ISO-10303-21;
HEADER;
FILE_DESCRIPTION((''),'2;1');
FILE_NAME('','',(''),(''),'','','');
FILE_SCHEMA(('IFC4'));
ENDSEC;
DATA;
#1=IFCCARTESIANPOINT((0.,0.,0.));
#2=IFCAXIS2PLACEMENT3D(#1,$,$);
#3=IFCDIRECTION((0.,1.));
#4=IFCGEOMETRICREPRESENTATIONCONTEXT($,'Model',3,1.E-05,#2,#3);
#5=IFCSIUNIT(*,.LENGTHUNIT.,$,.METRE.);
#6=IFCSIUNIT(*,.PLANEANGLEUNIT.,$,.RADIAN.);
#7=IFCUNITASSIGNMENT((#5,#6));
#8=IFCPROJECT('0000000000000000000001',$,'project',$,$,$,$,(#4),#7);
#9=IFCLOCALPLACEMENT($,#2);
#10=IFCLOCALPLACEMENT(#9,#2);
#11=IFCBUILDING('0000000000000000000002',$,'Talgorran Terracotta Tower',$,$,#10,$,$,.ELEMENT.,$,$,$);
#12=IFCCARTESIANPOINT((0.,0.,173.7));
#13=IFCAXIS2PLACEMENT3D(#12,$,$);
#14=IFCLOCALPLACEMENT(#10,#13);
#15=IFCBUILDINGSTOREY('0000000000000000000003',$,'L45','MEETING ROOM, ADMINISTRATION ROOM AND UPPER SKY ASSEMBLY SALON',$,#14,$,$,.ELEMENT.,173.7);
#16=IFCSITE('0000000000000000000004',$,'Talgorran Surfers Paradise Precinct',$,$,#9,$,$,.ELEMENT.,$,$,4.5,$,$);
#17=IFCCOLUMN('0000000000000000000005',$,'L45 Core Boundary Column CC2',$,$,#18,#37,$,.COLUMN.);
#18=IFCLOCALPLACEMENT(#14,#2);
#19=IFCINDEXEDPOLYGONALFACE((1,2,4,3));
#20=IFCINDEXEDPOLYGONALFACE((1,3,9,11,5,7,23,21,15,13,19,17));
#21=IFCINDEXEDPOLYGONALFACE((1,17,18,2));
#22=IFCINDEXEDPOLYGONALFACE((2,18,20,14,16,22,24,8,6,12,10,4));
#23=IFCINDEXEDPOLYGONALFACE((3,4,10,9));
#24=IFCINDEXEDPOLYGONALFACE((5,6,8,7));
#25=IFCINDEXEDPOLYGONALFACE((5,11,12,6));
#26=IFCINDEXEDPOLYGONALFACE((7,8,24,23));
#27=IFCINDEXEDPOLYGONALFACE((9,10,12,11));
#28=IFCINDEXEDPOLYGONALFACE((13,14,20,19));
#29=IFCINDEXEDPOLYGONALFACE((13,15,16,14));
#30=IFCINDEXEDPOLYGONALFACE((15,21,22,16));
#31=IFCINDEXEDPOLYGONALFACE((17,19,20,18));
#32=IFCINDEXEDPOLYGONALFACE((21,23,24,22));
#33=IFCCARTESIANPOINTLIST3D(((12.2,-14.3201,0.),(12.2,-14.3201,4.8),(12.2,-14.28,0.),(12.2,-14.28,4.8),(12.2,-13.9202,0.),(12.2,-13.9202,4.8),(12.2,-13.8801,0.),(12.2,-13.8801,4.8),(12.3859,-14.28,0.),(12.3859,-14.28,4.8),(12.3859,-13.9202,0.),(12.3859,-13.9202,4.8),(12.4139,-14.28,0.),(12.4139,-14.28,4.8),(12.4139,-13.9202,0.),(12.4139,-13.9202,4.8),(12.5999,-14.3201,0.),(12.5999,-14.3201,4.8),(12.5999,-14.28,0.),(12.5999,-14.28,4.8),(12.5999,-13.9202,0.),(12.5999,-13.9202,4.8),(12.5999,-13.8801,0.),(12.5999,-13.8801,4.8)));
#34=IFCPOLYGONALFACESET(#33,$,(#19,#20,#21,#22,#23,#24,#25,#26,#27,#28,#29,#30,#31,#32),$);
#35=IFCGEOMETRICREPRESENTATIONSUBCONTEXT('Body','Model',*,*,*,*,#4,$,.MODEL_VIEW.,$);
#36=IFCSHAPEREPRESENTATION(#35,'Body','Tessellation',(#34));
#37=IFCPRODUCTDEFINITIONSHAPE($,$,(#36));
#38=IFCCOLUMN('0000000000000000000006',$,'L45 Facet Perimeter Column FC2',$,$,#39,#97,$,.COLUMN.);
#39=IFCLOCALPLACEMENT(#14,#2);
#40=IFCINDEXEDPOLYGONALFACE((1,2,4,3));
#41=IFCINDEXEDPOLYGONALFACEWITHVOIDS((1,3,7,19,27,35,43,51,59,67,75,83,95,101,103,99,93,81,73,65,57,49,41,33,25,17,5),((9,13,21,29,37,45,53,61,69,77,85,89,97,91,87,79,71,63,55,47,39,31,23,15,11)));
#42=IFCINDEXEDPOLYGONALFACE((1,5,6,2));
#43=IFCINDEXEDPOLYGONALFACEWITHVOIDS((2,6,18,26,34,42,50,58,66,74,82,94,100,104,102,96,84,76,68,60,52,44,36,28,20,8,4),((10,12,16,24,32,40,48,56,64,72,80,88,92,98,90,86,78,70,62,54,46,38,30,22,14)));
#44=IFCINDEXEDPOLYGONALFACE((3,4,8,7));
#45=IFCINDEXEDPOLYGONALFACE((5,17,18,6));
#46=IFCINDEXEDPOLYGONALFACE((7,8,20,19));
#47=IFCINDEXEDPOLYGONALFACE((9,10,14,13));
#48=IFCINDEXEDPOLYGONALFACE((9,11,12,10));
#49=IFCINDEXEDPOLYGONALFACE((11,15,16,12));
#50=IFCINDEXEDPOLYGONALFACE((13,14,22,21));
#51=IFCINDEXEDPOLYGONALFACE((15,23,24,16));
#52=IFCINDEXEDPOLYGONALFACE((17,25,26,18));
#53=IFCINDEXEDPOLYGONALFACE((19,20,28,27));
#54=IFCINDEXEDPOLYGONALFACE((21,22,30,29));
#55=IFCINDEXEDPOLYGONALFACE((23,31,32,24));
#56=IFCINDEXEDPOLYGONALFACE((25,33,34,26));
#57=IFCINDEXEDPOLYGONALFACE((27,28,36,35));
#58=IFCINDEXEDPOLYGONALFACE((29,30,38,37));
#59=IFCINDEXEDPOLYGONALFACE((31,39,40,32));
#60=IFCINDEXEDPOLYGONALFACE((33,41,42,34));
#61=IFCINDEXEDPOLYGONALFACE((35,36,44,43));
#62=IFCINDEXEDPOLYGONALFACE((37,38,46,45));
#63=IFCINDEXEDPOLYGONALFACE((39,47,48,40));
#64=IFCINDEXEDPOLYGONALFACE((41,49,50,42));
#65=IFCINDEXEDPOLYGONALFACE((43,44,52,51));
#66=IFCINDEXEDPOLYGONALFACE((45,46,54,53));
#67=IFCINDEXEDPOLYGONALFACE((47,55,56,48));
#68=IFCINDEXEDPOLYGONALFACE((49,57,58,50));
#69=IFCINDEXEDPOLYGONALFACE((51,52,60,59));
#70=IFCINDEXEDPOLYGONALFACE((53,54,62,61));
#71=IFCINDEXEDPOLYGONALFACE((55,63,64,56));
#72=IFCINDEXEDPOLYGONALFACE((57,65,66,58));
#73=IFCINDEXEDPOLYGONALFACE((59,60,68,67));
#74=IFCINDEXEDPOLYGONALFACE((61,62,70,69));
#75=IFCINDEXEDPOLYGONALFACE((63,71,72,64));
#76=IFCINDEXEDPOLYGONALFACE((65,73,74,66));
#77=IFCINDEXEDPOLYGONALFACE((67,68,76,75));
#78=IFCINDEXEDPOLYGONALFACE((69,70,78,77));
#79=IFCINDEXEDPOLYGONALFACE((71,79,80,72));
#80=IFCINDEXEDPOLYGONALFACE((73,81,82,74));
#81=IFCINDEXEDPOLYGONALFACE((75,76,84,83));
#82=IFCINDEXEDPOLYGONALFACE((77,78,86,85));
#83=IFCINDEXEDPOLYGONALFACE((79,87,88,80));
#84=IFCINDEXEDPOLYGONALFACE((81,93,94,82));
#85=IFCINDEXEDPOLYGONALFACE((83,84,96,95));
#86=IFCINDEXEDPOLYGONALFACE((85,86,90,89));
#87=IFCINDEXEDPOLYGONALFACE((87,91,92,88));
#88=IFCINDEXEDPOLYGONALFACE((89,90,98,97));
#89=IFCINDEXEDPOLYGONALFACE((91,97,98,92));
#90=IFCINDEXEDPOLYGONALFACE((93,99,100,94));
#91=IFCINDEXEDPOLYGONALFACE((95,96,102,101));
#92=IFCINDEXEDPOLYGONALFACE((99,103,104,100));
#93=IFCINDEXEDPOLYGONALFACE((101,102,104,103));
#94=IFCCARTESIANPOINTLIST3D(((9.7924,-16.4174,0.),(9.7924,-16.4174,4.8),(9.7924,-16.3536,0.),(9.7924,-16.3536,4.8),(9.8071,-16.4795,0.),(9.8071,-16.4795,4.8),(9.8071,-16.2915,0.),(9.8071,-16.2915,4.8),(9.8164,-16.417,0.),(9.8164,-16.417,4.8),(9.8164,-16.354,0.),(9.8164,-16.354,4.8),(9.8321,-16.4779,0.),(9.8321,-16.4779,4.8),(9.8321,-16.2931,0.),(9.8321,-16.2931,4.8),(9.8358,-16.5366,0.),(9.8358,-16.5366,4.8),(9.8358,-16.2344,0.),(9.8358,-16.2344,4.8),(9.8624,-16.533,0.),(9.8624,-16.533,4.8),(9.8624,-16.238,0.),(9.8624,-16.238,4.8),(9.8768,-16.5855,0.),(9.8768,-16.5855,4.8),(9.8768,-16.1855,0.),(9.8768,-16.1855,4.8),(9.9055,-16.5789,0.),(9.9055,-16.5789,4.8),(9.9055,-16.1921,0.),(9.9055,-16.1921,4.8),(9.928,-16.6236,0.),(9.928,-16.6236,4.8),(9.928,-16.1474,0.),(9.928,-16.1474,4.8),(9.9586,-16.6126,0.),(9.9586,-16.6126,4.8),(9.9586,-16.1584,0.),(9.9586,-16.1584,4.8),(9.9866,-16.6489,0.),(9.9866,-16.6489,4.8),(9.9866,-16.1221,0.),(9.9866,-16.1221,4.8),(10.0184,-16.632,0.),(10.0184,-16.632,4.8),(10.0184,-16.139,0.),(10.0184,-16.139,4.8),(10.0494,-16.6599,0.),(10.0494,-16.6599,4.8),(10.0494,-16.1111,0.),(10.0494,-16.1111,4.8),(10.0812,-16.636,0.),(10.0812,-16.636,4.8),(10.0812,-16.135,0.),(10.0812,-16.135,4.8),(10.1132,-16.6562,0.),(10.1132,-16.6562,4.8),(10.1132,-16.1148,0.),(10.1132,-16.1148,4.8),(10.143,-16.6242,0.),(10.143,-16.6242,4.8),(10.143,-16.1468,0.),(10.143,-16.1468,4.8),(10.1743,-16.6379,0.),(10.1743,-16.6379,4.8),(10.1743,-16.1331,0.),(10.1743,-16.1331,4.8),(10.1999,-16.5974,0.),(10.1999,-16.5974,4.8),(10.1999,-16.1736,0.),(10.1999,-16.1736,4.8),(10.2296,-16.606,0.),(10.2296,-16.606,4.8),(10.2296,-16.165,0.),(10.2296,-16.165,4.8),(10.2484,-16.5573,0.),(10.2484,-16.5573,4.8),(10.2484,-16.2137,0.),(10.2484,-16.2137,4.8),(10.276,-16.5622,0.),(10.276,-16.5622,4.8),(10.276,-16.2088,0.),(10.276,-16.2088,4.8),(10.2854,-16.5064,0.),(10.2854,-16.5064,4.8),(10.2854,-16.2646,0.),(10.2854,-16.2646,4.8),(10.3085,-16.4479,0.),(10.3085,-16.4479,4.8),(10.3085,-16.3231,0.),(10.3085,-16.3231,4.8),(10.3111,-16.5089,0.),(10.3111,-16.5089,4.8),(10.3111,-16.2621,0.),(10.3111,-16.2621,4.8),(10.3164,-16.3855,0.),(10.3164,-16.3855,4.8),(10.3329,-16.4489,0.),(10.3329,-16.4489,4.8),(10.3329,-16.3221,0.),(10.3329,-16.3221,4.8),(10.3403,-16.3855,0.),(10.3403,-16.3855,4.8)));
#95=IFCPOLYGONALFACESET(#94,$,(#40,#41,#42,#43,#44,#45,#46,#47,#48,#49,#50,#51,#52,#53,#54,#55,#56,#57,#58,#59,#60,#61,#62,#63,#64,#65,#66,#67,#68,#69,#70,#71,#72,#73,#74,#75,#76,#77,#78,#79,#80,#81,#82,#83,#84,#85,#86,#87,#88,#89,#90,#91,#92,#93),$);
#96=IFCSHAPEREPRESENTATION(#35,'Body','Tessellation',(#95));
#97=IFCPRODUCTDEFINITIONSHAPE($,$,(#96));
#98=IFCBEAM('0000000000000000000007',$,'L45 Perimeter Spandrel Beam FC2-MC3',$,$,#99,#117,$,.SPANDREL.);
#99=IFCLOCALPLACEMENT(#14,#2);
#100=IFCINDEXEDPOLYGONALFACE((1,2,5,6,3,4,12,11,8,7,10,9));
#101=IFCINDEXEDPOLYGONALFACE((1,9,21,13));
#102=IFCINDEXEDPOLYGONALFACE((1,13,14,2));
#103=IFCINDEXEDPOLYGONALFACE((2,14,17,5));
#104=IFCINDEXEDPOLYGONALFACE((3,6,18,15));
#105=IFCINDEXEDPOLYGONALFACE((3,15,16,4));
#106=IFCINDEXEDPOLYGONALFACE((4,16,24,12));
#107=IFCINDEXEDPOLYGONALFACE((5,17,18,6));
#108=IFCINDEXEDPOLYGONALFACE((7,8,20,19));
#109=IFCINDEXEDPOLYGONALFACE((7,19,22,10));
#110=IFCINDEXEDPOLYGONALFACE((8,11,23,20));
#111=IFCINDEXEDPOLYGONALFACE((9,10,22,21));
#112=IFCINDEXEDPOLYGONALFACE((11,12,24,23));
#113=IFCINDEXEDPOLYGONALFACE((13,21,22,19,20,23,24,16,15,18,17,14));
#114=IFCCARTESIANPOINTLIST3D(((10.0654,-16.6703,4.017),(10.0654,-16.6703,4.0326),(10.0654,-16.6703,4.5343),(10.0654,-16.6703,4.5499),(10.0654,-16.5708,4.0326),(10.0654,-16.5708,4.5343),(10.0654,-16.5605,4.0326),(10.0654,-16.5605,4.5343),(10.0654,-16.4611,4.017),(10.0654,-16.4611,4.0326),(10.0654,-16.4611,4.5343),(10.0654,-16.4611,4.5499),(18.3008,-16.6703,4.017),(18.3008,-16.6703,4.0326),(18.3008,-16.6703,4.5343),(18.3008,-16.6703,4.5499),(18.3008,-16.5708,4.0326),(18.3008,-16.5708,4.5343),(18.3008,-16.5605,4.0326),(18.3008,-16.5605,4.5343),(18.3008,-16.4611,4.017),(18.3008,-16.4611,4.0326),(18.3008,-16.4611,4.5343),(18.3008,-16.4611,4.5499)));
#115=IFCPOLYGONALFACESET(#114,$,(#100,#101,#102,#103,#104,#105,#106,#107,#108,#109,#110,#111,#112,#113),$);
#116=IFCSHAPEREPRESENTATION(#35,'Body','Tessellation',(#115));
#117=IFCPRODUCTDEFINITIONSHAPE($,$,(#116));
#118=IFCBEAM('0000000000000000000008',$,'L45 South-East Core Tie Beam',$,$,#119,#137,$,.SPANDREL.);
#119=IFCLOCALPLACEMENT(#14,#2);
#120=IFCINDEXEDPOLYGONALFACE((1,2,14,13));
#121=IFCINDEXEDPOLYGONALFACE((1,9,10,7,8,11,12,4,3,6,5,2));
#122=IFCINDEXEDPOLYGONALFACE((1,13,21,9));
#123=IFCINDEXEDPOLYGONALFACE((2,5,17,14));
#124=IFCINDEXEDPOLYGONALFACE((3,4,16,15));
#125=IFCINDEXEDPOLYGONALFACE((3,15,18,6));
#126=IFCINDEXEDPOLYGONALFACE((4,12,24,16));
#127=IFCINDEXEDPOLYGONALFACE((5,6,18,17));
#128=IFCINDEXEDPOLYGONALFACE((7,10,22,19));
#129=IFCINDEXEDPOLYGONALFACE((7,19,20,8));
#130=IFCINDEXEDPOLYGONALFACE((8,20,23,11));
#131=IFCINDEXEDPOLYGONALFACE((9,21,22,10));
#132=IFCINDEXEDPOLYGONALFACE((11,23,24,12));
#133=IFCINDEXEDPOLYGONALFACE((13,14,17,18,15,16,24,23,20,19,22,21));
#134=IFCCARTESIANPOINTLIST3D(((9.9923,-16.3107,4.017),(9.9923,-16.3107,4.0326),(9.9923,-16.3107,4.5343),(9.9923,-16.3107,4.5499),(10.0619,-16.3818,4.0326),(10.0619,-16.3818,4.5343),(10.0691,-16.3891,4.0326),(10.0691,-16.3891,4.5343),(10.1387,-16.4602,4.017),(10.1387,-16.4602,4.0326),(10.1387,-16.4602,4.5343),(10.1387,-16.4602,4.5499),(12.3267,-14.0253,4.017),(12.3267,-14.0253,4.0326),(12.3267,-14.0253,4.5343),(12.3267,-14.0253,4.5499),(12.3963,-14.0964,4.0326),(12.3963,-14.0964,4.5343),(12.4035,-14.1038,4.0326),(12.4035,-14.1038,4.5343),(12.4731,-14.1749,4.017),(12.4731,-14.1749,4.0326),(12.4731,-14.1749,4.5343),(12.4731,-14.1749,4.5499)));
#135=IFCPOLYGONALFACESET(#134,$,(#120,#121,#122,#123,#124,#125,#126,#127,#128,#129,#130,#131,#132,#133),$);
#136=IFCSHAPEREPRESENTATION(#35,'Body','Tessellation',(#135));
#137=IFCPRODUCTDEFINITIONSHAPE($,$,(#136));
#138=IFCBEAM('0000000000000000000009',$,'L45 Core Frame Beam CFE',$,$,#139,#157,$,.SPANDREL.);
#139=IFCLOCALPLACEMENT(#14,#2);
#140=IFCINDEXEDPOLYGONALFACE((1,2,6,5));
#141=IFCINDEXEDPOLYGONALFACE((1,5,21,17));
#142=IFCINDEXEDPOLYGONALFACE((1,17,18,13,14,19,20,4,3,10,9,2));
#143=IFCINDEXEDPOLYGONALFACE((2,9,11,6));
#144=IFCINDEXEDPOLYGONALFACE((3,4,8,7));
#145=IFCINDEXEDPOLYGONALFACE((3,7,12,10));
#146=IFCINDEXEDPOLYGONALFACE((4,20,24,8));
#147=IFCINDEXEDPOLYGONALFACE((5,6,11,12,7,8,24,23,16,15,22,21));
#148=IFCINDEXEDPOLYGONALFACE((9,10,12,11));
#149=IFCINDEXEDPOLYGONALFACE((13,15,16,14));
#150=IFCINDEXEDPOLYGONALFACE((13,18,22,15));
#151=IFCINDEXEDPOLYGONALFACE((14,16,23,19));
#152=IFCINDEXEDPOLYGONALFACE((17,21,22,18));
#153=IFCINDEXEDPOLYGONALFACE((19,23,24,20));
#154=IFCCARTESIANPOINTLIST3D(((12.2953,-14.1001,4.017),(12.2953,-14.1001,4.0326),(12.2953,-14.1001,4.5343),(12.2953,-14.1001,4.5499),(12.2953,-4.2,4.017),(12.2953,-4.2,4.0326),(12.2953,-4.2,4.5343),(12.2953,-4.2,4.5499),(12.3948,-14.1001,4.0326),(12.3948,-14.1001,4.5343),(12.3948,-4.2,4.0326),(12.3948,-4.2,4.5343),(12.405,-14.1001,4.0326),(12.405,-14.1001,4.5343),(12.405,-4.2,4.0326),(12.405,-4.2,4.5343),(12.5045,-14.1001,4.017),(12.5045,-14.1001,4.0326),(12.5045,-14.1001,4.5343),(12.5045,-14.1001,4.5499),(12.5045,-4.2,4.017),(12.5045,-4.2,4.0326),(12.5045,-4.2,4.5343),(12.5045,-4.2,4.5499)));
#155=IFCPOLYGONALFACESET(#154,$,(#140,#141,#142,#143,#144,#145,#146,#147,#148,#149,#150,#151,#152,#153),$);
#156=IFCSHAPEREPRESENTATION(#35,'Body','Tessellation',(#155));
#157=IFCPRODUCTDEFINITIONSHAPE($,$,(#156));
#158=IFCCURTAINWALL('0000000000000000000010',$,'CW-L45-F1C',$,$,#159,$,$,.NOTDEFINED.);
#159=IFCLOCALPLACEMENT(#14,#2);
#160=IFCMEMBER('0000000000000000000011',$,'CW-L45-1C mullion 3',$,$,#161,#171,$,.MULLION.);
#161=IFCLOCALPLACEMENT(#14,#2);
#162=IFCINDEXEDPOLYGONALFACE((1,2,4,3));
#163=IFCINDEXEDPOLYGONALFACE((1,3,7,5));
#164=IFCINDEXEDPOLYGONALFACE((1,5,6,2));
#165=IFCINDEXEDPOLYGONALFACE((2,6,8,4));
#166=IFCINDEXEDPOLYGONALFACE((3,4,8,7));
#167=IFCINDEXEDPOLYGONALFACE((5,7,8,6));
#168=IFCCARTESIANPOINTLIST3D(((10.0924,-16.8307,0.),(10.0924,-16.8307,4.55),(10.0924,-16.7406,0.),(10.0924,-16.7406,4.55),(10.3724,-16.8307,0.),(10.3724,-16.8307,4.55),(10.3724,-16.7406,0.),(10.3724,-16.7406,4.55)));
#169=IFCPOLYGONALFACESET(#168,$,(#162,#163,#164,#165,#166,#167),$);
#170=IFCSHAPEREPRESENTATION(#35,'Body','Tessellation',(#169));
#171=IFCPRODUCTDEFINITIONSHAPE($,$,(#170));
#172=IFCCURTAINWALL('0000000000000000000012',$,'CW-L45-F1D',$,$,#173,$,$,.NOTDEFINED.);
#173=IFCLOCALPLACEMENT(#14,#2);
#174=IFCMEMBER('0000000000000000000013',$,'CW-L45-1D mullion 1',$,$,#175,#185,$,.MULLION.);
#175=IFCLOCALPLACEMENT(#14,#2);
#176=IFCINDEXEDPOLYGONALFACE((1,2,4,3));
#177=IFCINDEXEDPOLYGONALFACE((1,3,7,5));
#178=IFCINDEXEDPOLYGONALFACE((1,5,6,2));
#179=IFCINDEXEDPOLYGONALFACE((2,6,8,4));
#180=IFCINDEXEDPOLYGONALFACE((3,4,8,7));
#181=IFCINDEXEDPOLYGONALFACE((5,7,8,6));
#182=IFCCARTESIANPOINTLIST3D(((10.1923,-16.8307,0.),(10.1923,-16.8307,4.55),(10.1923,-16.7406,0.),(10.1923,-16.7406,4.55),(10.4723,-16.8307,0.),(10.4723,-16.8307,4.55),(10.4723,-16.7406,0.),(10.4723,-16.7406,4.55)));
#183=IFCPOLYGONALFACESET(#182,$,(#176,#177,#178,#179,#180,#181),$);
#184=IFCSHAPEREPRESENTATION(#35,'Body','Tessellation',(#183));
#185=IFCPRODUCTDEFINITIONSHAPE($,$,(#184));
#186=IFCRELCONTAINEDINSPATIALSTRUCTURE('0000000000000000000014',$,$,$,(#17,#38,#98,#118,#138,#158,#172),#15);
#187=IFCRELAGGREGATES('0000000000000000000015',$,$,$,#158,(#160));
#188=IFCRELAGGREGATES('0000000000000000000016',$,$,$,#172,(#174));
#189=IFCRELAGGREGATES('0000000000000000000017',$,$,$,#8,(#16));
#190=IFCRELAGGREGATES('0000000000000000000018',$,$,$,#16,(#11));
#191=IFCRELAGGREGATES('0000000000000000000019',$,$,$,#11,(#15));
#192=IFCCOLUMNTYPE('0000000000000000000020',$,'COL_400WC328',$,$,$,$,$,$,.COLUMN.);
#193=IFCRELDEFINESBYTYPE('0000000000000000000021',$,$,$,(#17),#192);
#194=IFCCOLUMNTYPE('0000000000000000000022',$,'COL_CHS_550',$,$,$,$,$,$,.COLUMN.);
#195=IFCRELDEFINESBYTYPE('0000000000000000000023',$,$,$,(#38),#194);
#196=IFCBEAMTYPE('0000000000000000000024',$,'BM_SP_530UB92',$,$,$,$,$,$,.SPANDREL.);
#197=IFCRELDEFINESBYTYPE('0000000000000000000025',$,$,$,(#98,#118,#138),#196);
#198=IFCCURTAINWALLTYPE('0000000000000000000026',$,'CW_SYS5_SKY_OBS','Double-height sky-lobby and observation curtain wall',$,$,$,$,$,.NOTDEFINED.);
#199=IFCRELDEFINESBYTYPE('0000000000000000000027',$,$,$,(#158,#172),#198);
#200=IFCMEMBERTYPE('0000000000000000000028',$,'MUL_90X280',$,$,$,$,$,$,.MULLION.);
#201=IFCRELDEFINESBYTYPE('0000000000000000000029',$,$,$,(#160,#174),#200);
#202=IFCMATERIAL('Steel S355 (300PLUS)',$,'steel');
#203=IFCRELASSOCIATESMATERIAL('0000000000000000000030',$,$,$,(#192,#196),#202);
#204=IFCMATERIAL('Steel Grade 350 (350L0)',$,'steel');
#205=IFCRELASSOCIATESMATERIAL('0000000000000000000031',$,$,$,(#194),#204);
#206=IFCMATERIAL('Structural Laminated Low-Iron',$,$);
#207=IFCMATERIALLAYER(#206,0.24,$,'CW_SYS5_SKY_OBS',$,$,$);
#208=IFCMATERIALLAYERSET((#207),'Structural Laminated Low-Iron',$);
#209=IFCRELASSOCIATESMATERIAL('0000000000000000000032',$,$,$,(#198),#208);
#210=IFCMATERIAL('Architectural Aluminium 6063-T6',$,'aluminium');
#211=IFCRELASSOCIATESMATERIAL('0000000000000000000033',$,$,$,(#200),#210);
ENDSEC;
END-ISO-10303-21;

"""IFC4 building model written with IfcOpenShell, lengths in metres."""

from ifc_helpers import new_model, si_unit, direction, frame, origin, origin_2d, place, context, subcontext, project, spatial, rectangle, hollow_circle, i_section, extrude, material, layer, layer_set, material_profile, profile_set, type_object, element, aggregate, save


model = new_model("IFC4")

# Units and contexts
model_context = context("Model", 3, precision=1e-05, world=origin(), true_north=direction((0.0, 1.0)))
body_context = subcontext(model_context, "Body", "Model", "MODEL_VIEW")
ifc_project = project(units=[si_unit("LENGTHUNIT", "METRE"), si_unit("PLANEANGLEUNIT", "RADIAN")], contexts=[model_context])

# Site, building, storey
site_placement = place(None, origin())
site = spatial("IfcSite", under=ifc_project, at=site_placement, Name="Talgorran Surfers Paradise Precinct", CompositionType="ELEMENT", RefElevation=4.5)
building_placement = place(site_placement, origin())
building = spatial("IfcBuilding", under=site, at=building_placement, Name="Talgorran Terracotta Tower", CompositionType="ELEMENT")
storey_placement = place(building_placement, frame((0.0, 0.0, 173.7)))
storey = spatial("IfcBuildingStorey", under=building, at=storey_placement, Name="L45", Description="MEETING ROOM, ADMINISTRATION ROOM AND UPPER SKY ASSEMBLY SALON", CompositionType="ELEMENT", Elevation=173.7)

# Columns
ifc_material_1 = material(Name="Steel S355 (300PLUS)", Category="steel")
ifc_material_profile_1 = material_profile(ifc_material_1, i_section(OverallWidth=0.3999, OverallDepth=0.4399, WebThickness=0.0281, FlangeThickness=0.04, at=origin_2d()), Name="400WC328")
ifc_profile_set_1 = profile_set([ifc_material_profile_1], Name="Steel S355 (300PLUS)")
column_type_1 = type_object("IfcColumnType", Name="COL_400WC328", PredefinedType="COLUMN", material=ifc_profile_set_1)
column_1_placement = place(storey_placement, frame((12.3999, -14.1001, 0.0), z_axis=(0.0, 0.0, 1.0), x_axis=(1.0, 0.0, 0.0)))
element("IfcColumn", 1, at=column_1_placement, inside=storey, type_object=column_type_1, Name="L45 Core Boundary Column CC2", PredefinedType="COLUMN", context=body_context, shape_type="SweptSolid", body=[
    extrude(i_section(OverallWidth=0.3999, OverallDepth=0.4399, WebThickness=0.0281, FlangeThickness=0.04, at=origin_2d()), origin(), (0.0, 0.0, 1.0), 4.8),
])
ifc_material_2 = material(Name="Steel Grade 350 (350L0)", Category="steel")
ifc_material_profile_2 = material_profile(ifc_material_2, hollow_circle(Radius=0.2749, WallThickness=0.0239, at=origin_2d()), Name="CHS550X24")
ifc_profile_set_2 = profile_set([ifc_material_profile_2], Name="Steel Grade 350 (350L0)")
column_type_2 = type_object("IfcColumnType", Name="COL_CHS_550", PredefinedType="COLUMN", material=ifc_profile_set_2)
column_2_placement = place(storey_placement, frame((10.0654, -16.3855, 0.0), z_axis=(0.0, 0.0, 1.0), x_axis=(1.0, 0.0, 0.0)))
element("IfcColumn", 2, at=column_2_placement, inside=storey, type_object=column_type_2, Name="L45 Facet Perimeter Column FC2", PredefinedType="COLUMN", context=body_context, shape_type="SweptSolid", body=[
    extrude(hollow_circle(Radius=0.2749, WallThickness=0.0239, at=origin_2d()), origin(), (0.0, 0.0, 1.0), 4.8),
])

# Beams
ifc_material_profile_3 = material_profile(ifc_material_1, i_section(OverallWidth=0.2092, OverallDepth=0.533, WebThickness=0.0103, FlangeThickness=0.0156, at=origin_2d()), Name="530UB92.4")
ifc_profile_set_3 = profile_set([ifc_material_profile_3], Name="Steel S355 (300PLUS)")
beam_type = type_object("IfcBeamType", Name="BM_SP_530UB92", PredefinedType="SPANDREL", material=ifc_profile_set_3)
beam_1_placement = place(storey_placement, frame((10.0654, -16.5657, 4.2834), z_axis=(1.0, 0.0, 0.0), x_axis=(0.0, 1.0, 0.0)))
element("IfcBeam", 3, at=beam_1_placement, inside=storey, type_object=beam_type, Name="L45 Perimeter Spandrel Beam FC2-MC3", PredefinedType="SPANDREL", context=body_context, shape_type="SweptSolid", body=[
    extrude(i_section(OverallWidth=0.2092, OverallDepth=0.533, WebThickness=0.0103, FlangeThickness=0.0156, at=origin_2d()), origin(), (0.0, 0.0, 1.0), 8.2354),
])
beam_2_placement = place(storey_placement, frame((12.3999, -14.1001, 4.2834), z_axis=(-0.714577, -0.699556, 0.0), x_axis=(0.699556, -0.714577, 0.0)))
element("IfcBeam", 4, at=beam_2_placement, inside=storey, type_object=beam_type, Name="L45 South-East Core Tie Beam", PredefinedType="SPANDREL", context=body_context, shape_type="SweptSolid", body=[
    extrude(i_section(OverallWidth=0.2092, OverallDepth=0.533, WebThickness=0.0103, FlangeThickness=0.0156, at=origin_2d()), origin(), (0.0, 0.0, 1.0), 3.2668),
])
beam_3_placement = place(storey_placement, frame((12.3999, -14.1001, 4.2834), z_axis=(0.0, 1.0, 0.0), x_axis=(-1.0, 0.0, 0.0)))
element("IfcBeam", 5, at=beam_3_placement, inside=storey, type_object=beam_type, Name="L45 Core Frame Beam CFE", PredefinedType="SPANDREL", context=body_context, shape_type="SweptSolid", body=[
    extrude(i_section(OverallWidth=0.2092, OverallDepth=0.533, WebThickness=0.0103, FlangeThickness=0.0156, at=origin_2d()), origin(), (0.0, 0.0, 1.0), 9.9001),
])

# Curtain wall, member
ifc_material_3 = material(Name="Structural Laminated Low-Iron")
ifc_layer_1 = layer(ifc_material_3, 0.24, Name="CW_SYS5_SKY_OBS")
ifc_layer_set_1 = layer_set([ifc_layer_1], Name="Structural Laminated Low-Iron")
curtain_wall_type = type_object("IfcCurtainWallType", Name="CW_SYS5_SKY_OBS", Description="Double-height sky-lobby and observation curtain wall", PredefinedType="NOTDEFINED", material=ifc_layer_set_1)
curtain_wall_1_placement = place(storey_placement, origin())
curtain_wall_1 = element("IfcCurtainWall", 6, at=curtain_wall_1_placement, inside=storey, type_object=curtain_wall_type, Name="CW-L45-F1C", PredefinedType="NOTDEFINED")
ifc_material_4 = material(Name="Architectural Aluminium 6063-T6", Category="aluminium")
ifc_material_profile_4 = material_profile(ifc_material_4, rectangle(XDim=0.0901, YDim=0.28, at=origin_2d()), Name="CWM90X280")
ifc_profile_set_4 = profile_set([ifc_material_profile_4], Name="Architectural Aluminium 6063-T6")
member_type_1 = type_object("IfcMemberType", Name="MUL_90X280", PredefinedType="MULLION", material=ifc_profile_set_4)
member_1_placement = place(storey_placement, frame((10.2324, -16.7856, 0.0), z_axis=(0.0, 0.0, 1.0), x_axis=(0.0, 1.0, 0.0)))
member_1 = element("IfcMember", 7, at=member_1_placement, type_object=member_type_1, Name="CW-L45-1C mullion 3", PredefinedType="MULLION", context=body_context, shape_type="SweptSolid", body=[
    extrude(rectangle(XDim=0.0901, YDim=0.28, at=origin_2d()), origin(), (0.0, 0.0, 1.0), 4.55),
])
aggregate(curtain_wall_1, [member_1])

# Curtain wall, member
curtain_wall_2_placement = place(storey_placement, origin())
curtain_wall_2 = element("IfcCurtainWall", 8, at=curtain_wall_2_placement, inside=storey, type_object=curtain_wall_type, Name="CW-L45-F1D", PredefinedType="NOTDEFINED")
member_2_placement = place(storey_placement, frame((10.3323, -16.7856, 0.0), z_axis=(0.0, 0.0, 1.0), x_axis=(0.0, 1.0, 0.0)))
member_2 = element("IfcMember", 9, at=member_2_placement, type_object=member_type_1, Name="CW-L45-1D mullion 1", PredefinedType="MULLION", context=body_context, shape_type="SweptSolid", body=[
    extrude(rectangle(XDim=0.0901, YDim=0.28, at=origin_2d()), origin(), (0.0, 0.0, 1.0), 4.55),
])

aggregate(curtain_wall_2, [member_2])

save(model, "model.ifc")
